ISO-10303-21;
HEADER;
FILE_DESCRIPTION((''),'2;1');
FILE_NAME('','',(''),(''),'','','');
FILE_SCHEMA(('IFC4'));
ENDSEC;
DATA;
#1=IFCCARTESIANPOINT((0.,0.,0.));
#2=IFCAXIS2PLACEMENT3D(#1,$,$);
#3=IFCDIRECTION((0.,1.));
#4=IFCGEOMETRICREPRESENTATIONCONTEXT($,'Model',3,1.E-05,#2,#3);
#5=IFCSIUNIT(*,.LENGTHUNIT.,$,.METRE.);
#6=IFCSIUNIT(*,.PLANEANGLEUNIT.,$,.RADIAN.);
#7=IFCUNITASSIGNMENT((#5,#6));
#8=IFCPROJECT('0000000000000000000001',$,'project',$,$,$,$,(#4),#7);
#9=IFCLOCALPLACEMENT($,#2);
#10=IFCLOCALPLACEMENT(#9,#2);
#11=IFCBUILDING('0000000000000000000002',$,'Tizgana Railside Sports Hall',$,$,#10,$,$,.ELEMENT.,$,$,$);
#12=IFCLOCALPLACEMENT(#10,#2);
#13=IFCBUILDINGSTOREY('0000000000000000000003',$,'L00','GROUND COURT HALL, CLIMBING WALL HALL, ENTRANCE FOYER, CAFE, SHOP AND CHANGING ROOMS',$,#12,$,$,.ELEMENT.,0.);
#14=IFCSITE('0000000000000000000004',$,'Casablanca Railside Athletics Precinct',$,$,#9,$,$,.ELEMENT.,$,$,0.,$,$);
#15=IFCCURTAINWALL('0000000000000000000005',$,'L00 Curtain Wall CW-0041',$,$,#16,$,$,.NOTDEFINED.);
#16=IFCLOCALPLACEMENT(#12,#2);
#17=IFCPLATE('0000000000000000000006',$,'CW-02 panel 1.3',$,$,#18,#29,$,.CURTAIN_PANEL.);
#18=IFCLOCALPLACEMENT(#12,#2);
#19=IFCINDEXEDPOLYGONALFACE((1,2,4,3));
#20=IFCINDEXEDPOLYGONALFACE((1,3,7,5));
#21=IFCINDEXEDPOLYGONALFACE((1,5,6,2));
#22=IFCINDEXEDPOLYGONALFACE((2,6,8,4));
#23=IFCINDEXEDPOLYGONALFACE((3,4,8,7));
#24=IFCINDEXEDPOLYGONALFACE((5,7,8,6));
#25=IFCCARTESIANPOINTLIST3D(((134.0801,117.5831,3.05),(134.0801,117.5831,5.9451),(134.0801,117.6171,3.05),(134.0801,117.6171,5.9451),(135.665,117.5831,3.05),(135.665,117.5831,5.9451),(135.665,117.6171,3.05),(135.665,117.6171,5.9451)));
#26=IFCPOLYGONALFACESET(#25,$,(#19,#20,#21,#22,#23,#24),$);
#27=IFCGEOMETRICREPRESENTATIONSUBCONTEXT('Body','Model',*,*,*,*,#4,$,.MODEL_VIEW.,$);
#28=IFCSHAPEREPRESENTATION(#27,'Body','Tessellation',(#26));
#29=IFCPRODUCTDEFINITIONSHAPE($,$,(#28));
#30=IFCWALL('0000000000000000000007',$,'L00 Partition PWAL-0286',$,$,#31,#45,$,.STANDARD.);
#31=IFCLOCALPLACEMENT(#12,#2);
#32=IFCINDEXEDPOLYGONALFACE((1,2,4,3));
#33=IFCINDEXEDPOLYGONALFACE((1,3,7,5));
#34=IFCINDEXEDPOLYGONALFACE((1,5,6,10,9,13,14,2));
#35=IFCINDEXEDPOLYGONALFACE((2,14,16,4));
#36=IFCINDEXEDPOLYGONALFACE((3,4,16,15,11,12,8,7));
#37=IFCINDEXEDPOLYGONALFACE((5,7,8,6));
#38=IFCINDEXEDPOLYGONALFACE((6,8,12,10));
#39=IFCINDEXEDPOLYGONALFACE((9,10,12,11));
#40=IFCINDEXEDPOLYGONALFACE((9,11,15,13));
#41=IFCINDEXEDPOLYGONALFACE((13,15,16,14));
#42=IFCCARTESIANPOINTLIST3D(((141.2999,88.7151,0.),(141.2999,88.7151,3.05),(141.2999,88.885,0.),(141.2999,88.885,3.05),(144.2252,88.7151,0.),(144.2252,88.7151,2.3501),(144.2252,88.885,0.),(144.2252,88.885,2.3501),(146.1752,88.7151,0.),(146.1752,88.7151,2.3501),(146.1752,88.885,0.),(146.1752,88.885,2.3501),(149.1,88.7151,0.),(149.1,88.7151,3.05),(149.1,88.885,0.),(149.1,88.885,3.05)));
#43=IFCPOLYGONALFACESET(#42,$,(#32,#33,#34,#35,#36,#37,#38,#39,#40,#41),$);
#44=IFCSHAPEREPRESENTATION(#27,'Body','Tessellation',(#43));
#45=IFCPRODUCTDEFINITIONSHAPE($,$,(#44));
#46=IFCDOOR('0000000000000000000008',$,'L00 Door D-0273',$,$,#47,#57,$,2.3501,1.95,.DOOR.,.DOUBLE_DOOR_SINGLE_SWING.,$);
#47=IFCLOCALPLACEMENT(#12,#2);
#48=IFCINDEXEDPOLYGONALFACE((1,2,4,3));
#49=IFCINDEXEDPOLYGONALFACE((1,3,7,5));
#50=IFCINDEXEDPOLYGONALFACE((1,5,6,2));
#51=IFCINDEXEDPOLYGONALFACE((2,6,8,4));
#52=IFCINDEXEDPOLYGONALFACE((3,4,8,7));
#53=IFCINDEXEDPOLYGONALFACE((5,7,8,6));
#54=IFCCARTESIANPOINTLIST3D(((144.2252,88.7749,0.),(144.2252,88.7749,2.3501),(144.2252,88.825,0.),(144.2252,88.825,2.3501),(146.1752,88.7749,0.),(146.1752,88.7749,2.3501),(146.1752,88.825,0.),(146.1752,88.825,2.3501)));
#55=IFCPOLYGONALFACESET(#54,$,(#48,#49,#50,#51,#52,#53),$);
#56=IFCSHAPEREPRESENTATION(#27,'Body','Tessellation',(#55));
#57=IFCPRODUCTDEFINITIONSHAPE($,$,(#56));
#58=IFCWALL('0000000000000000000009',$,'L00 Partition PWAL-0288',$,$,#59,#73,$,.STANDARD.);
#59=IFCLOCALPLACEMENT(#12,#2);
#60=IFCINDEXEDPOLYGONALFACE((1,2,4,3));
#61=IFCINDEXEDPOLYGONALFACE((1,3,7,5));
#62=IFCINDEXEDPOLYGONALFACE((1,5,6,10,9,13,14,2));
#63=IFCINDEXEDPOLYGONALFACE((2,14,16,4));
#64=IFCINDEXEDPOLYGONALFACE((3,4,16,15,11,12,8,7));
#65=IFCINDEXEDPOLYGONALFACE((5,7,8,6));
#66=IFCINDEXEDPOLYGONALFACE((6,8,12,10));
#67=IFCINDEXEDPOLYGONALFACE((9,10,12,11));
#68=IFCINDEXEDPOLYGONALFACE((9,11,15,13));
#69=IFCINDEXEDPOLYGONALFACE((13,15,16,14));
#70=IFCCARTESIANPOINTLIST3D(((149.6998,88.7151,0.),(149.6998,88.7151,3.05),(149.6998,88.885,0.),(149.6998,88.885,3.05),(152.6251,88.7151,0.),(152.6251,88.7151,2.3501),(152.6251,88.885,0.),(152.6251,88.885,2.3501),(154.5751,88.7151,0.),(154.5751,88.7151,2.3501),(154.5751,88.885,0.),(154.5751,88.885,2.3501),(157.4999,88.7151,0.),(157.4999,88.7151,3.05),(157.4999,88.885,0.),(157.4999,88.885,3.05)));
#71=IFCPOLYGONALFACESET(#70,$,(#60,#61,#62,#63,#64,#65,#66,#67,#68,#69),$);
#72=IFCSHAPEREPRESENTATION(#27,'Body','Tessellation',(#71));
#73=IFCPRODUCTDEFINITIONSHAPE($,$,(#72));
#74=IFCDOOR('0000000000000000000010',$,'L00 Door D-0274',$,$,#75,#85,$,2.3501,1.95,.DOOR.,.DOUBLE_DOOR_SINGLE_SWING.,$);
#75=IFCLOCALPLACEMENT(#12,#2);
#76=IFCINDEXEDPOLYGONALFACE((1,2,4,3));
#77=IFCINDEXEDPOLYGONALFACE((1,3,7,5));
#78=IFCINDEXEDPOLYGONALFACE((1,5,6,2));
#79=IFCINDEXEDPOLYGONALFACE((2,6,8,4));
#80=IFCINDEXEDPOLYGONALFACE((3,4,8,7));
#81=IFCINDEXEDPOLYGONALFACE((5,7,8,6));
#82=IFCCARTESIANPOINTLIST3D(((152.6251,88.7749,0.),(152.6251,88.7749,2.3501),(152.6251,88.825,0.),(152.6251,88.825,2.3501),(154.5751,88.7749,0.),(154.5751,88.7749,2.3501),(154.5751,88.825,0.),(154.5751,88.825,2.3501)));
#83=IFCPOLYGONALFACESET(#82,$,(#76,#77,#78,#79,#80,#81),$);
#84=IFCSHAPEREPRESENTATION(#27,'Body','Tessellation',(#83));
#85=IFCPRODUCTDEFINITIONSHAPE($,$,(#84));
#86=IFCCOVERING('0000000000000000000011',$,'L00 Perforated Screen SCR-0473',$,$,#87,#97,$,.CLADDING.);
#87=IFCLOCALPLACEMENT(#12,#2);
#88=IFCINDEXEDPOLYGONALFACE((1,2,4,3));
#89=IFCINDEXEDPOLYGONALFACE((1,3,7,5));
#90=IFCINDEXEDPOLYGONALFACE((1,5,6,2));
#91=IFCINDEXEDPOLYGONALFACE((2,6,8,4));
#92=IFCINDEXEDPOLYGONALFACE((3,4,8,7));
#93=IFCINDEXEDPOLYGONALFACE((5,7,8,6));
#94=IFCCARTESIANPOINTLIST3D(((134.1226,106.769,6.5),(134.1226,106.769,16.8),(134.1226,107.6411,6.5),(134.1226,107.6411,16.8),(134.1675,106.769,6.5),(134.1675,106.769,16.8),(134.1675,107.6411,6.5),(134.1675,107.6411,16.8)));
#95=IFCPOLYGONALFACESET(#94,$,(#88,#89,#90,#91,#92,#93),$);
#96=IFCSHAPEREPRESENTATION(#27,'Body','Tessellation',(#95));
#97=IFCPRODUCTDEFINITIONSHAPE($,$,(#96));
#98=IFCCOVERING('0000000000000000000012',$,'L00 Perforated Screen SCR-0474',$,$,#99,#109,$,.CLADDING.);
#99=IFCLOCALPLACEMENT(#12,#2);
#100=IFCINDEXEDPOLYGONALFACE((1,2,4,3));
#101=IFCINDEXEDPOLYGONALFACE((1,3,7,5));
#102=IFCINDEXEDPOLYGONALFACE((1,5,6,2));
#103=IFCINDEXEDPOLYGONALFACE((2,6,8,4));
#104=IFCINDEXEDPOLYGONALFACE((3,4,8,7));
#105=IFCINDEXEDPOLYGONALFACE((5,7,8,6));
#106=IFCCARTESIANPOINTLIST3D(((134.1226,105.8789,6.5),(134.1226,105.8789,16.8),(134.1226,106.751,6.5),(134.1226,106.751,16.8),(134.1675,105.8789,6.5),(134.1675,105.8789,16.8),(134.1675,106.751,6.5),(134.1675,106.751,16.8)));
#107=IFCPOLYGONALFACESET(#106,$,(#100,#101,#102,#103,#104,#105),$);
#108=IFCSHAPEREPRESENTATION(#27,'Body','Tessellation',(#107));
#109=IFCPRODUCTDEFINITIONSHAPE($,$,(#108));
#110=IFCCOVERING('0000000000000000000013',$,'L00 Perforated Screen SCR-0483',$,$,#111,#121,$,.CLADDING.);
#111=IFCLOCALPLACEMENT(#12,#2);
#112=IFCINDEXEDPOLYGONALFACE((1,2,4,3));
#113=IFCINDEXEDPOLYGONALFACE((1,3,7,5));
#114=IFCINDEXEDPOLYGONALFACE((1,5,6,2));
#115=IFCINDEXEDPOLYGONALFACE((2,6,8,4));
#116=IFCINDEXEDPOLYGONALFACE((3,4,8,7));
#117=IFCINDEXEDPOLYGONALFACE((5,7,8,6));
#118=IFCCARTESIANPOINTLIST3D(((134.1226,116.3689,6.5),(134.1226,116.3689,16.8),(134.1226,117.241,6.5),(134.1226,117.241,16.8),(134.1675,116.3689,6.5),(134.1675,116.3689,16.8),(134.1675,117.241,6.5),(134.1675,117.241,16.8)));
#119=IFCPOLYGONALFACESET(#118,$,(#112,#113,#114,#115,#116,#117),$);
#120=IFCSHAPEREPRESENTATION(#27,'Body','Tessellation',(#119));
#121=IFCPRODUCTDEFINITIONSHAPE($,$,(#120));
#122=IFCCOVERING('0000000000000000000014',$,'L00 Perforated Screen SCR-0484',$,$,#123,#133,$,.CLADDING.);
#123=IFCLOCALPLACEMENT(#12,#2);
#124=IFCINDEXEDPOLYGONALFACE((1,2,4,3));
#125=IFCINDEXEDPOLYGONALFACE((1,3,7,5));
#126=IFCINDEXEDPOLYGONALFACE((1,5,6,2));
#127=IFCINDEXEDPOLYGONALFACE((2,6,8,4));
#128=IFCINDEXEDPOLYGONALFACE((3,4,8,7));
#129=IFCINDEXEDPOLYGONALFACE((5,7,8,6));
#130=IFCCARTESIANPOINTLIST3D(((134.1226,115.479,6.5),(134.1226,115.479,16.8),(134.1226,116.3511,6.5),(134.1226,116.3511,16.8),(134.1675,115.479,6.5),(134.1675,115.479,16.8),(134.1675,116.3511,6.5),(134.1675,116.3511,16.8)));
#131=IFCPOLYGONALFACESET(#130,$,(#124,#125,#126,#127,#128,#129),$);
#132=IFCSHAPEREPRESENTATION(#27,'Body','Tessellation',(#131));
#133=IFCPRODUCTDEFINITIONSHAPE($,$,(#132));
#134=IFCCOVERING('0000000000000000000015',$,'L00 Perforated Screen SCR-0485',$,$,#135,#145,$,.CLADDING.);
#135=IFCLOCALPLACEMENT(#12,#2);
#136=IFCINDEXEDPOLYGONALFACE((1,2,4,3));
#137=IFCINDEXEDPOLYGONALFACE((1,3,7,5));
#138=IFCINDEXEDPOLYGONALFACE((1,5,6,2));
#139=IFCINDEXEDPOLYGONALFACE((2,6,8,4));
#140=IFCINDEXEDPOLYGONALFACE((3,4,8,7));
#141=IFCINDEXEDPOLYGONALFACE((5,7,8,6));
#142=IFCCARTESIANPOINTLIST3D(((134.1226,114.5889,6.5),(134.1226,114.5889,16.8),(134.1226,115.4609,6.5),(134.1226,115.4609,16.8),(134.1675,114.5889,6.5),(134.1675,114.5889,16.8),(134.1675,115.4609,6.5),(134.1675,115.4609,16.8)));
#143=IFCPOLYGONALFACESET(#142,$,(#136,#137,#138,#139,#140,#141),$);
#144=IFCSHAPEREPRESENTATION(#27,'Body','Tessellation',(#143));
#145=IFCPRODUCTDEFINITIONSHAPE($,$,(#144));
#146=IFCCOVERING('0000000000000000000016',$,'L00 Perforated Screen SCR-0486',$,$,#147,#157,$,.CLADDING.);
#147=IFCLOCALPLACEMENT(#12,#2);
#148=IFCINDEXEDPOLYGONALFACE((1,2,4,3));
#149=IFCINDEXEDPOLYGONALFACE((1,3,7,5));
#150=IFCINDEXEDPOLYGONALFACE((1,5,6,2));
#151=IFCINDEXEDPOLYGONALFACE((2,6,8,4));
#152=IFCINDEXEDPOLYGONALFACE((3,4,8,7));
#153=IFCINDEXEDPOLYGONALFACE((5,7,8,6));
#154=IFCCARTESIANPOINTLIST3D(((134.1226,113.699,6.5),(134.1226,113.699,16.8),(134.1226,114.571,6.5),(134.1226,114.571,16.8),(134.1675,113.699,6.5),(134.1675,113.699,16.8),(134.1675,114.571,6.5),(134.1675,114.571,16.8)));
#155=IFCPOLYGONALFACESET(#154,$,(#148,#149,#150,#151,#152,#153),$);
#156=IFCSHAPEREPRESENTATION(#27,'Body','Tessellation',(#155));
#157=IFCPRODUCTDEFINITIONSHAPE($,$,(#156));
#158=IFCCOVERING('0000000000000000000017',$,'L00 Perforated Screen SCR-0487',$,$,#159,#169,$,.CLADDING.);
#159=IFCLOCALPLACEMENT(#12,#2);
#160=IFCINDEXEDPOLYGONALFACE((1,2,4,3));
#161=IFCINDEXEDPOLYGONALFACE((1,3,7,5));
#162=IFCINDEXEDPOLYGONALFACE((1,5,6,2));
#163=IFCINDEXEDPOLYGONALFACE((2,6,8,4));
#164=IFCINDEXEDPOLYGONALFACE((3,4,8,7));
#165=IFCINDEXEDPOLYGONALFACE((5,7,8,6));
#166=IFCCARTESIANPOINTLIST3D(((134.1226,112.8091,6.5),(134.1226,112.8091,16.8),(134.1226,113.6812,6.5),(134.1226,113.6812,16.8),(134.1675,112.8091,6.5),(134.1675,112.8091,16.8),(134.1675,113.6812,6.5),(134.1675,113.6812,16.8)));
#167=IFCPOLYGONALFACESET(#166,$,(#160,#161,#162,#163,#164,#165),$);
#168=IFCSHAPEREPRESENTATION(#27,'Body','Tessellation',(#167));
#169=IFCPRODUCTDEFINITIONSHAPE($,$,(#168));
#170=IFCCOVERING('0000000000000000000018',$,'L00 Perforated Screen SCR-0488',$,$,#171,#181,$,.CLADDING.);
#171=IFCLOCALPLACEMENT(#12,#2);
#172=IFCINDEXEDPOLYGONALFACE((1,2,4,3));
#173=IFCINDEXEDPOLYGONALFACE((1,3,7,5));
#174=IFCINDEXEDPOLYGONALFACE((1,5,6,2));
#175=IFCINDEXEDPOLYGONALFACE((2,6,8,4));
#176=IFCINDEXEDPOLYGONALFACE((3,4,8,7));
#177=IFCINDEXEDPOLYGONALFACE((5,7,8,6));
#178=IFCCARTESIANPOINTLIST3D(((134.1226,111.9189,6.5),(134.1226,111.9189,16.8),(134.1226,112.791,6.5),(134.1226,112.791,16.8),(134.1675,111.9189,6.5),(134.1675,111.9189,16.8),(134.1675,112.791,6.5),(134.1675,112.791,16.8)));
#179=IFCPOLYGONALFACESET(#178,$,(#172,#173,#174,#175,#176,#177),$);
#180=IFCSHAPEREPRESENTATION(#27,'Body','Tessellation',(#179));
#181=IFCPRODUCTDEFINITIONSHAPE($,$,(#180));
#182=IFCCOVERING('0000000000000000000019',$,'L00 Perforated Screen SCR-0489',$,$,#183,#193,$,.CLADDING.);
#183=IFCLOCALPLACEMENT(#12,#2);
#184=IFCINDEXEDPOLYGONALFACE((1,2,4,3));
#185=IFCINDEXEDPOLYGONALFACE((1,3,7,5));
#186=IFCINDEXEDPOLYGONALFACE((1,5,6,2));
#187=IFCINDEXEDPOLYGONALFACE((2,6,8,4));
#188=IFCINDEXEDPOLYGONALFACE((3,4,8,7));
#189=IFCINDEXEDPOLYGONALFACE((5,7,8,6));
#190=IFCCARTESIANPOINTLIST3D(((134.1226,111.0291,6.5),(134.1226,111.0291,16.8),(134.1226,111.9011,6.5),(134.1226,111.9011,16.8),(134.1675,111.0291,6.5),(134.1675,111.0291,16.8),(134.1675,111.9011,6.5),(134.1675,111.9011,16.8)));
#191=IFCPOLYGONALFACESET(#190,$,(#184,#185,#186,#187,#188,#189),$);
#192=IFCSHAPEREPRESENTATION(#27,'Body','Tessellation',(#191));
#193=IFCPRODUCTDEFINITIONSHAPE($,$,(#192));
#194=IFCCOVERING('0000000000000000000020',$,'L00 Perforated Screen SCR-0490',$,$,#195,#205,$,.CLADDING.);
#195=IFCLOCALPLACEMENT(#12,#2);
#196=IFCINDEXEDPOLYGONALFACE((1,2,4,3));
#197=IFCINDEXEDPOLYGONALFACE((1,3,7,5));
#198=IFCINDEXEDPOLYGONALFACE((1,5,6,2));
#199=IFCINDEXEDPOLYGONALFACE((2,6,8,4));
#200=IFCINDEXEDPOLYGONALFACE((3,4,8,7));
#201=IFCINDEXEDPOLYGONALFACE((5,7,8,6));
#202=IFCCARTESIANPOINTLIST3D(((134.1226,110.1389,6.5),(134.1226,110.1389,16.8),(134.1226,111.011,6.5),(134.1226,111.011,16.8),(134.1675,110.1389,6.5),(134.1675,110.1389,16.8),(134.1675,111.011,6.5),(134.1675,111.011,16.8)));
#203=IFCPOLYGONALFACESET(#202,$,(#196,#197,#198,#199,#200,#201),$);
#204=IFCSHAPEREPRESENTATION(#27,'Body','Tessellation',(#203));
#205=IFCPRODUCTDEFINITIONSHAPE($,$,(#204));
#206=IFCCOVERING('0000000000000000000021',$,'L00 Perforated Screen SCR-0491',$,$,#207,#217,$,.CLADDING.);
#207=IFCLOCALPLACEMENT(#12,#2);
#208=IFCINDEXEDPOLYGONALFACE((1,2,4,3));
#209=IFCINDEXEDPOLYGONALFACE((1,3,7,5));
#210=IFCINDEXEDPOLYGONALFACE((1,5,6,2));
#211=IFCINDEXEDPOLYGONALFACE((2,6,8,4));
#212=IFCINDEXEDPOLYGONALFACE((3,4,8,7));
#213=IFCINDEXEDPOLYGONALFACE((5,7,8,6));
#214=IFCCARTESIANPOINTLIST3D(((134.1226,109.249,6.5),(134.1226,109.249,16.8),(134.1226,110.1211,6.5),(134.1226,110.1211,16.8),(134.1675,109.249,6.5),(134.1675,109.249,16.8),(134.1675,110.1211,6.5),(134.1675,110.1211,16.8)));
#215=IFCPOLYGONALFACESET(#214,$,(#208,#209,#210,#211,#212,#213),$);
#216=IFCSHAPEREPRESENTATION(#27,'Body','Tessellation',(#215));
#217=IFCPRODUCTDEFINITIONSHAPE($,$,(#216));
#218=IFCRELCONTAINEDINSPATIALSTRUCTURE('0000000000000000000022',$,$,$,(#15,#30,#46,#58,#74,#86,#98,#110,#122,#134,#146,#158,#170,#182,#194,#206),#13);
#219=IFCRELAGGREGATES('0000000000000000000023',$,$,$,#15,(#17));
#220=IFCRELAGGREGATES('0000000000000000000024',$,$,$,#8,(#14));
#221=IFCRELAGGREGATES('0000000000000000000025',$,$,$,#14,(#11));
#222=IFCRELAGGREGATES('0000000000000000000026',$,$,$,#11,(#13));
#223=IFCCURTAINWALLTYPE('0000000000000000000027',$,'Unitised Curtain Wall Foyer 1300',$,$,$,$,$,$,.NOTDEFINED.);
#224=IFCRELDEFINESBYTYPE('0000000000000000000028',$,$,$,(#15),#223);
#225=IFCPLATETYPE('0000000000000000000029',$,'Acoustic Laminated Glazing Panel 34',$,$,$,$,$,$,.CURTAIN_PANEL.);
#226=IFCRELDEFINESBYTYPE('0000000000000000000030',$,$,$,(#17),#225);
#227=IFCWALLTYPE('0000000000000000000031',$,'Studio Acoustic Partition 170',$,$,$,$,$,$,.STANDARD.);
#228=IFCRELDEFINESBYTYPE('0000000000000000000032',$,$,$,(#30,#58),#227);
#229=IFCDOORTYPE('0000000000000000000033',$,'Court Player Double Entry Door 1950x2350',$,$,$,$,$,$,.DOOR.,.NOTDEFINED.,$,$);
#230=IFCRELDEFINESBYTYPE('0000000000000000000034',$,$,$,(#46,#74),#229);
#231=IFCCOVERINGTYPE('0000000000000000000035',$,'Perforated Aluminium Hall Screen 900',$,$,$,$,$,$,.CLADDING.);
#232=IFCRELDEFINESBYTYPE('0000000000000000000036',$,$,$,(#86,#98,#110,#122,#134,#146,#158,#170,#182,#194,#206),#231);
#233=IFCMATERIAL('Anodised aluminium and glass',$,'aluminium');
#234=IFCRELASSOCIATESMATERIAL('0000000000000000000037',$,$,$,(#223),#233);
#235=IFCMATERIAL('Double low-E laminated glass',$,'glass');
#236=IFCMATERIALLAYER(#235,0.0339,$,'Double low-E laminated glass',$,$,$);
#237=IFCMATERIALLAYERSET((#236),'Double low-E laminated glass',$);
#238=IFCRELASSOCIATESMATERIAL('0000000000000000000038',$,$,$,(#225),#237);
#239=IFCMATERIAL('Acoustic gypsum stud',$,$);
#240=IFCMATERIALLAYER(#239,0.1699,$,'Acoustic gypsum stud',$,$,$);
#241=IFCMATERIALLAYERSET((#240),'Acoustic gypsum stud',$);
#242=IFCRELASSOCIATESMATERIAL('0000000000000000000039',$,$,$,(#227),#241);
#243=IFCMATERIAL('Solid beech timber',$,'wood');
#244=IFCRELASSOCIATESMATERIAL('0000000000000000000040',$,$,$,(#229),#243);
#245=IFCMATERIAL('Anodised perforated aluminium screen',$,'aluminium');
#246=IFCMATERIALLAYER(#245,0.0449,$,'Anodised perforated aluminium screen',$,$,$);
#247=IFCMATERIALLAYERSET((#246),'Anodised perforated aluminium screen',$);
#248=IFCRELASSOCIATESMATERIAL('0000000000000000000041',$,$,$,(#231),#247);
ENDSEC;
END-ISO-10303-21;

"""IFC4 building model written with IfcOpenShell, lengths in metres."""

from ifc_helpers import new_model, si_unit, direction, frame, frame_2d, origin, origin_2d, place, context, subcontext, project, spatial, rectangle, extrude, material, layer, layer_set, type_object, element, fill, aggregate, save


model = new_model("IFC4")

# Units and contexts
model_context = context("Model", 3, precision=1e-05, world=origin(), true_north=direction((0.0, 1.0)))
body_context = subcontext(model_context, "Body", "Model", "MODEL_VIEW")
ifc_project = project(units=[si_unit("LENGTHUNIT", "METRE"), si_unit("PLANEANGLEUNIT", "RADIAN")], contexts=[model_context])

# Site, building, storey
site_placement = place(None, origin())
site = spatial("IfcSite", under=ifc_project, at=site_placement, Name="Casablanca Railside Athletics Precinct", CompositionType="ELEMENT", RefElevation=0.0)
building_placement = place(site_placement, origin())
building = spatial("IfcBuilding", under=site, at=building_placement, Name="Tizgana Railside Sports Hall", CompositionType="ELEMENT")
storey_placement = place(building_placement, origin())
storey = spatial("IfcBuildingStorey", under=building, at=storey_placement, Name="L00", Description="GROUND COURT HALL, CLIMBING WALL HALL, ENTRANCE FOYER, CAFE, SHOP AND CHANGING ROOMS", CompositionType="ELEMENT", Elevation=0.0)

# Curtain wall
ifc_material_1 = material(Name="Anodised aluminium and glass", Category="aluminium")
curtain_wall_type = type_object("IfcCurtainWallType", Name="Unitised Curtain Wall Foyer 1300", PredefinedType="NOTDEFINED", material=ifc_material_1)
curtain_wall_placement = place(storey_placement, origin())
curtain_wall = element("IfcCurtainWall", 1, at=curtain_wall_placement, inside=storey, type_object=curtain_wall_type, Name="L00 Curtain Wall CW-0041", PredefinedType="NOTDEFINED")

# Plate
ifc_material_2 = material(Name="Double low-E laminated glass", Category="glass")
ifc_layer_1 = layer(ifc_material_2, 0.0339, Name="Double low-E laminated glass")
ifc_layer_set_1 = layer_set([ifc_layer_1], Name="Double low-E laminated glass")
plate_type = type_object("IfcPlateType", Name="Acoustic Laminated Glazing Panel 34", PredefinedType="CURTAIN_PANEL", material=ifc_layer_set_1)
plate_1_placement = place(storey_placement, frame((134.8726, 117.6001, 3.05), z_axis=(0.0, 0.0, 1.0), x_axis=(1.0, 0.0, 0.0)))
plate_1 = element("IfcPlate", 2, at=plate_1_placement, type_object=plate_type, Name="CW-02 panel 1.3", PredefinedType="CURTAIN_PANEL", context=body_context, shape_type="SweptSolid", body=[
    extrude(rectangle(XDim=1.585, YDim=0.0339, at=origin_2d()), origin(), (0.0, 0.0, 1.0), 2.895),
])
aggregate(curtain_wall, [plate_1])

# Walls, openings, doors
ifc_material_3 = material(Name="Acoustic gypsum stud")
ifc_layer_2 = layer(ifc_material_3, 0.1699, Name="Acoustic gypsum stud")
ifc_layer_set_2 = layer_set([ifc_layer_2], Name="Acoustic gypsum stud")
wall_type = type_object("IfcWallType", Name="Studio Acoustic Partition 170", PredefinedType="STANDARD", material=ifc_layer_set_2)
wall_1_placement = place(storey_placement, frame((141.3, 88.8, 0.0), z_axis=(0.0, 0.0, 1.0), x_axis=(1.0, 0.0, 0.0)))
wall_1 = element("IfcWall", 3, at=wall_1_placement, inside=storey, type_object=wall_type, Name="L00 Partition PWAL-0286", PredefinedType="STANDARD", context=body_context, shape_type="SweptSolid", body=[
    extrude(rectangle(XDim=7.8, YDim=0.1699, at=frame_2d((3.8999, 0.0))), origin(), (0.0, 0.0, 1.0), 3.05),
])
opening_1_placement = place(wall_1_placement, frame((2.925, 0.0, 0.0)))
opening_1 = element("IfcOpeningElement", 4, at=opening_1_placement, cuts=wall_1, PredefinedType="OPENING", context=body_context, shape_type="SweptSolid", body=[
    extrude(rectangle(XDim=1.95, YDim=2.3501, at=frame_2d((0.9751, 1.175))), frame((0.0, 0.095, 0.0), z_axis=(0.0, -1.0, 0.0), x_axis=(1.0, 0.0, 0.0)), (0.0, 0.0, 1.0), 0.1899),
])
ifc_material_4 = material(Name="Solid beech timber", Category="wood")
door_type = type_object("IfcDoorType", Name="Court Player Double Entry Door 1950x2350", OperationType="NOTDEFINED", PredefinedType="DOOR", material=ifc_material_4)
door_1_placement = place(opening_1_placement, origin())
door_1 = element("IfcDoor", 5, at=door_1_placement, inside=storey, type_object=door_type, Name="L00 Door D-0273", OperationType="DOUBLE_DOOR_SINGLE_SWING", OverallHeight=2.3501, OverallWidth=1.95, PredefinedType="DOOR", context=body_context, shape_type="SweptSolid", body=[
    extrude(rectangle(XDim=1.95, YDim=2.3501, at=frame_2d((0.9751, 1.175))), frame((0.0, 0.0249, 0.0), z_axis=(0.0, -1.0, 0.0), x_axis=(1.0, 0.0, 0.0)), (0.0, 0.0, 1.0), 0.05),
])
fill(opening_1, door_1)
wall_2_placement = place(storey_placement, frame((149.7, 88.8, 0.0), z_axis=(0.0, 0.0, 1.0), x_axis=(1.0, 0.0, 0.0)))
wall_2 = element("IfcWall", 6, at=wall_2_placement, inside=storey, type_object=wall_type, Name="L00 Partition PWAL-0288", PredefinedType="STANDARD", context=body_context, shape_type="SweptSolid", body=[
    extrude(rectangle(XDim=7.8, YDim=0.1699, at=frame_2d((3.8999, 0.0))), origin(), (0.0, 0.0, 1.0), 3.05),
])
opening_2_placement = place(wall_2_placement, frame((2.925, 0.0, 0.0)))
opening_2 = element("IfcOpeningElement", 7, at=opening_2_placement, cuts=wall_2, PredefinedType="OPENING", context=body_context, shape_type="SweptSolid", body=[
    extrude(rectangle(XDim=1.95, YDim=2.3501, at=frame_2d((0.9751, 1.175))), frame((0.0, 0.095, 0.0), z_axis=(0.0, -1.0, 0.0), x_axis=(1.0, 0.0, 0.0)), (0.0, 0.0, 1.0), 0.1899),
])
door_2_placement = place(opening_2_placement, origin())
door_2 = element("IfcDoor", 8, at=door_2_placement, inside=storey, type_object=door_type, Name="L00 Door D-0274", OperationType="DOUBLE_DOOR_SINGLE_SWING", OverallHeight=2.3501, OverallWidth=1.95, PredefinedType="DOOR", context=body_context, shape_type="SweptSolid", body=[
    extrude(rectangle(XDim=1.95, YDim=2.3501, at=frame_2d((0.9751, 1.175))), frame((0.0, 0.0249, 0.0), z_axis=(0.0, -1.0, 0.0), x_axis=(1.0, 0.0, 0.0)), (0.0, 0.0, 1.0), 0.05),
])
fill(opening_2, door_2)

# Coverings
ifc_material_5 = material(Name="Anodised perforated aluminium screen", Category="aluminium")
ifc_layer_3 = layer(ifc_material_5, 0.0449, Name="Anodised perforated aluminium screen")
ifc_layer_set_3 = layer_set([ifc_layer_3], Name="Anodised perforated aluminium screen")
covering_type = type_object("IfcCoveringType", Name="Perforated Aluminium Hall Screen 900", PredefinedType="CLADDING", material=ifc_layer_set_3)
for number, where, z_axis, x_axis, name in (
    (9, (134.145, 107.2051, 6.5), (0.0, 0.0, 1.0), (0.0, -1.0, 0.0), "L00 Perforated Screen SCR-0473"),
    (10, (134.145, 106.3149, 6.5), (0.0, 0.0, 1.0), (0.0, -1.0, 0.0), "L00 Perforated Screen SCR-0474"),
    (11, (134.145, 116.8049, 6.5), (0.0, 0.0, 1.0), (0.0, -1.0, 0.0), "L00 Perforated Screen SCR-0483"),
    (12, (134.145, 115.915, 6.5), (0.0, 0.0, 1.0), (0.0, -1.0, 0.0), "L00 Perforated Screen SCR-0484"),
    (13, (134.145, 115.0249, 6.5), (0.0, 0.0, 1.0), (0.0, -1.0, 0.0), "L00 Perforated Screen SCR-0485"),
    (14, (134.145, 114.135, 6.5), (0.0, 0.0, 1.0), (0.0, -1.0, 0.0), "L00 Perforated Screen SCR-0486"),
    (15, (134.145, 113.2451, 6.5), (0.0, 0.0, 1.0), (0.0, -1.0, 0.0), "L00 Perforated Screen SCR-0487"),
    (16, (134.145, 112.355, 6.5), (0.0, 0.0, 1.0), (0.0, -1.0, 0.0), "L00 Perforated Screen SCR-0488"),
    (17, (134.145, 111.4651, 6.5), (0.0, 0.0, 1.0), (0.0, -1.0, 0.0), "L00 Perforated Screen SCR-0489"),
    (18, (134.145, 110.575, 6.5), (0.0, 0.0, 1.0), (0.0, -1.0, 0.0), "L00 Perforated Screen SCR-0490"),
    (19, (134.145, 109.6851, 6.5), (0.0, 0.0, 1.0), (0.0, -1.0, 0.0), "L00 Perforated Screen SCR-0491"),
):
    element("IfcCovering", number, at=place(storey_placement, frame(where, z_axis=z_axis, x_axis=x_axis)), inside=storey, type_object=covering_type, Name=name, PredefinedType="CLADDING", context=body_context, shape_type="SweptSolid", body=[
        extrude(rectangle(XDim=0.8721, YDim=0.0449, at=origin_2d()), origin(), (0.0, 0.0, 1.0), 10.3),
    ])

save(model, "model.ifc")
